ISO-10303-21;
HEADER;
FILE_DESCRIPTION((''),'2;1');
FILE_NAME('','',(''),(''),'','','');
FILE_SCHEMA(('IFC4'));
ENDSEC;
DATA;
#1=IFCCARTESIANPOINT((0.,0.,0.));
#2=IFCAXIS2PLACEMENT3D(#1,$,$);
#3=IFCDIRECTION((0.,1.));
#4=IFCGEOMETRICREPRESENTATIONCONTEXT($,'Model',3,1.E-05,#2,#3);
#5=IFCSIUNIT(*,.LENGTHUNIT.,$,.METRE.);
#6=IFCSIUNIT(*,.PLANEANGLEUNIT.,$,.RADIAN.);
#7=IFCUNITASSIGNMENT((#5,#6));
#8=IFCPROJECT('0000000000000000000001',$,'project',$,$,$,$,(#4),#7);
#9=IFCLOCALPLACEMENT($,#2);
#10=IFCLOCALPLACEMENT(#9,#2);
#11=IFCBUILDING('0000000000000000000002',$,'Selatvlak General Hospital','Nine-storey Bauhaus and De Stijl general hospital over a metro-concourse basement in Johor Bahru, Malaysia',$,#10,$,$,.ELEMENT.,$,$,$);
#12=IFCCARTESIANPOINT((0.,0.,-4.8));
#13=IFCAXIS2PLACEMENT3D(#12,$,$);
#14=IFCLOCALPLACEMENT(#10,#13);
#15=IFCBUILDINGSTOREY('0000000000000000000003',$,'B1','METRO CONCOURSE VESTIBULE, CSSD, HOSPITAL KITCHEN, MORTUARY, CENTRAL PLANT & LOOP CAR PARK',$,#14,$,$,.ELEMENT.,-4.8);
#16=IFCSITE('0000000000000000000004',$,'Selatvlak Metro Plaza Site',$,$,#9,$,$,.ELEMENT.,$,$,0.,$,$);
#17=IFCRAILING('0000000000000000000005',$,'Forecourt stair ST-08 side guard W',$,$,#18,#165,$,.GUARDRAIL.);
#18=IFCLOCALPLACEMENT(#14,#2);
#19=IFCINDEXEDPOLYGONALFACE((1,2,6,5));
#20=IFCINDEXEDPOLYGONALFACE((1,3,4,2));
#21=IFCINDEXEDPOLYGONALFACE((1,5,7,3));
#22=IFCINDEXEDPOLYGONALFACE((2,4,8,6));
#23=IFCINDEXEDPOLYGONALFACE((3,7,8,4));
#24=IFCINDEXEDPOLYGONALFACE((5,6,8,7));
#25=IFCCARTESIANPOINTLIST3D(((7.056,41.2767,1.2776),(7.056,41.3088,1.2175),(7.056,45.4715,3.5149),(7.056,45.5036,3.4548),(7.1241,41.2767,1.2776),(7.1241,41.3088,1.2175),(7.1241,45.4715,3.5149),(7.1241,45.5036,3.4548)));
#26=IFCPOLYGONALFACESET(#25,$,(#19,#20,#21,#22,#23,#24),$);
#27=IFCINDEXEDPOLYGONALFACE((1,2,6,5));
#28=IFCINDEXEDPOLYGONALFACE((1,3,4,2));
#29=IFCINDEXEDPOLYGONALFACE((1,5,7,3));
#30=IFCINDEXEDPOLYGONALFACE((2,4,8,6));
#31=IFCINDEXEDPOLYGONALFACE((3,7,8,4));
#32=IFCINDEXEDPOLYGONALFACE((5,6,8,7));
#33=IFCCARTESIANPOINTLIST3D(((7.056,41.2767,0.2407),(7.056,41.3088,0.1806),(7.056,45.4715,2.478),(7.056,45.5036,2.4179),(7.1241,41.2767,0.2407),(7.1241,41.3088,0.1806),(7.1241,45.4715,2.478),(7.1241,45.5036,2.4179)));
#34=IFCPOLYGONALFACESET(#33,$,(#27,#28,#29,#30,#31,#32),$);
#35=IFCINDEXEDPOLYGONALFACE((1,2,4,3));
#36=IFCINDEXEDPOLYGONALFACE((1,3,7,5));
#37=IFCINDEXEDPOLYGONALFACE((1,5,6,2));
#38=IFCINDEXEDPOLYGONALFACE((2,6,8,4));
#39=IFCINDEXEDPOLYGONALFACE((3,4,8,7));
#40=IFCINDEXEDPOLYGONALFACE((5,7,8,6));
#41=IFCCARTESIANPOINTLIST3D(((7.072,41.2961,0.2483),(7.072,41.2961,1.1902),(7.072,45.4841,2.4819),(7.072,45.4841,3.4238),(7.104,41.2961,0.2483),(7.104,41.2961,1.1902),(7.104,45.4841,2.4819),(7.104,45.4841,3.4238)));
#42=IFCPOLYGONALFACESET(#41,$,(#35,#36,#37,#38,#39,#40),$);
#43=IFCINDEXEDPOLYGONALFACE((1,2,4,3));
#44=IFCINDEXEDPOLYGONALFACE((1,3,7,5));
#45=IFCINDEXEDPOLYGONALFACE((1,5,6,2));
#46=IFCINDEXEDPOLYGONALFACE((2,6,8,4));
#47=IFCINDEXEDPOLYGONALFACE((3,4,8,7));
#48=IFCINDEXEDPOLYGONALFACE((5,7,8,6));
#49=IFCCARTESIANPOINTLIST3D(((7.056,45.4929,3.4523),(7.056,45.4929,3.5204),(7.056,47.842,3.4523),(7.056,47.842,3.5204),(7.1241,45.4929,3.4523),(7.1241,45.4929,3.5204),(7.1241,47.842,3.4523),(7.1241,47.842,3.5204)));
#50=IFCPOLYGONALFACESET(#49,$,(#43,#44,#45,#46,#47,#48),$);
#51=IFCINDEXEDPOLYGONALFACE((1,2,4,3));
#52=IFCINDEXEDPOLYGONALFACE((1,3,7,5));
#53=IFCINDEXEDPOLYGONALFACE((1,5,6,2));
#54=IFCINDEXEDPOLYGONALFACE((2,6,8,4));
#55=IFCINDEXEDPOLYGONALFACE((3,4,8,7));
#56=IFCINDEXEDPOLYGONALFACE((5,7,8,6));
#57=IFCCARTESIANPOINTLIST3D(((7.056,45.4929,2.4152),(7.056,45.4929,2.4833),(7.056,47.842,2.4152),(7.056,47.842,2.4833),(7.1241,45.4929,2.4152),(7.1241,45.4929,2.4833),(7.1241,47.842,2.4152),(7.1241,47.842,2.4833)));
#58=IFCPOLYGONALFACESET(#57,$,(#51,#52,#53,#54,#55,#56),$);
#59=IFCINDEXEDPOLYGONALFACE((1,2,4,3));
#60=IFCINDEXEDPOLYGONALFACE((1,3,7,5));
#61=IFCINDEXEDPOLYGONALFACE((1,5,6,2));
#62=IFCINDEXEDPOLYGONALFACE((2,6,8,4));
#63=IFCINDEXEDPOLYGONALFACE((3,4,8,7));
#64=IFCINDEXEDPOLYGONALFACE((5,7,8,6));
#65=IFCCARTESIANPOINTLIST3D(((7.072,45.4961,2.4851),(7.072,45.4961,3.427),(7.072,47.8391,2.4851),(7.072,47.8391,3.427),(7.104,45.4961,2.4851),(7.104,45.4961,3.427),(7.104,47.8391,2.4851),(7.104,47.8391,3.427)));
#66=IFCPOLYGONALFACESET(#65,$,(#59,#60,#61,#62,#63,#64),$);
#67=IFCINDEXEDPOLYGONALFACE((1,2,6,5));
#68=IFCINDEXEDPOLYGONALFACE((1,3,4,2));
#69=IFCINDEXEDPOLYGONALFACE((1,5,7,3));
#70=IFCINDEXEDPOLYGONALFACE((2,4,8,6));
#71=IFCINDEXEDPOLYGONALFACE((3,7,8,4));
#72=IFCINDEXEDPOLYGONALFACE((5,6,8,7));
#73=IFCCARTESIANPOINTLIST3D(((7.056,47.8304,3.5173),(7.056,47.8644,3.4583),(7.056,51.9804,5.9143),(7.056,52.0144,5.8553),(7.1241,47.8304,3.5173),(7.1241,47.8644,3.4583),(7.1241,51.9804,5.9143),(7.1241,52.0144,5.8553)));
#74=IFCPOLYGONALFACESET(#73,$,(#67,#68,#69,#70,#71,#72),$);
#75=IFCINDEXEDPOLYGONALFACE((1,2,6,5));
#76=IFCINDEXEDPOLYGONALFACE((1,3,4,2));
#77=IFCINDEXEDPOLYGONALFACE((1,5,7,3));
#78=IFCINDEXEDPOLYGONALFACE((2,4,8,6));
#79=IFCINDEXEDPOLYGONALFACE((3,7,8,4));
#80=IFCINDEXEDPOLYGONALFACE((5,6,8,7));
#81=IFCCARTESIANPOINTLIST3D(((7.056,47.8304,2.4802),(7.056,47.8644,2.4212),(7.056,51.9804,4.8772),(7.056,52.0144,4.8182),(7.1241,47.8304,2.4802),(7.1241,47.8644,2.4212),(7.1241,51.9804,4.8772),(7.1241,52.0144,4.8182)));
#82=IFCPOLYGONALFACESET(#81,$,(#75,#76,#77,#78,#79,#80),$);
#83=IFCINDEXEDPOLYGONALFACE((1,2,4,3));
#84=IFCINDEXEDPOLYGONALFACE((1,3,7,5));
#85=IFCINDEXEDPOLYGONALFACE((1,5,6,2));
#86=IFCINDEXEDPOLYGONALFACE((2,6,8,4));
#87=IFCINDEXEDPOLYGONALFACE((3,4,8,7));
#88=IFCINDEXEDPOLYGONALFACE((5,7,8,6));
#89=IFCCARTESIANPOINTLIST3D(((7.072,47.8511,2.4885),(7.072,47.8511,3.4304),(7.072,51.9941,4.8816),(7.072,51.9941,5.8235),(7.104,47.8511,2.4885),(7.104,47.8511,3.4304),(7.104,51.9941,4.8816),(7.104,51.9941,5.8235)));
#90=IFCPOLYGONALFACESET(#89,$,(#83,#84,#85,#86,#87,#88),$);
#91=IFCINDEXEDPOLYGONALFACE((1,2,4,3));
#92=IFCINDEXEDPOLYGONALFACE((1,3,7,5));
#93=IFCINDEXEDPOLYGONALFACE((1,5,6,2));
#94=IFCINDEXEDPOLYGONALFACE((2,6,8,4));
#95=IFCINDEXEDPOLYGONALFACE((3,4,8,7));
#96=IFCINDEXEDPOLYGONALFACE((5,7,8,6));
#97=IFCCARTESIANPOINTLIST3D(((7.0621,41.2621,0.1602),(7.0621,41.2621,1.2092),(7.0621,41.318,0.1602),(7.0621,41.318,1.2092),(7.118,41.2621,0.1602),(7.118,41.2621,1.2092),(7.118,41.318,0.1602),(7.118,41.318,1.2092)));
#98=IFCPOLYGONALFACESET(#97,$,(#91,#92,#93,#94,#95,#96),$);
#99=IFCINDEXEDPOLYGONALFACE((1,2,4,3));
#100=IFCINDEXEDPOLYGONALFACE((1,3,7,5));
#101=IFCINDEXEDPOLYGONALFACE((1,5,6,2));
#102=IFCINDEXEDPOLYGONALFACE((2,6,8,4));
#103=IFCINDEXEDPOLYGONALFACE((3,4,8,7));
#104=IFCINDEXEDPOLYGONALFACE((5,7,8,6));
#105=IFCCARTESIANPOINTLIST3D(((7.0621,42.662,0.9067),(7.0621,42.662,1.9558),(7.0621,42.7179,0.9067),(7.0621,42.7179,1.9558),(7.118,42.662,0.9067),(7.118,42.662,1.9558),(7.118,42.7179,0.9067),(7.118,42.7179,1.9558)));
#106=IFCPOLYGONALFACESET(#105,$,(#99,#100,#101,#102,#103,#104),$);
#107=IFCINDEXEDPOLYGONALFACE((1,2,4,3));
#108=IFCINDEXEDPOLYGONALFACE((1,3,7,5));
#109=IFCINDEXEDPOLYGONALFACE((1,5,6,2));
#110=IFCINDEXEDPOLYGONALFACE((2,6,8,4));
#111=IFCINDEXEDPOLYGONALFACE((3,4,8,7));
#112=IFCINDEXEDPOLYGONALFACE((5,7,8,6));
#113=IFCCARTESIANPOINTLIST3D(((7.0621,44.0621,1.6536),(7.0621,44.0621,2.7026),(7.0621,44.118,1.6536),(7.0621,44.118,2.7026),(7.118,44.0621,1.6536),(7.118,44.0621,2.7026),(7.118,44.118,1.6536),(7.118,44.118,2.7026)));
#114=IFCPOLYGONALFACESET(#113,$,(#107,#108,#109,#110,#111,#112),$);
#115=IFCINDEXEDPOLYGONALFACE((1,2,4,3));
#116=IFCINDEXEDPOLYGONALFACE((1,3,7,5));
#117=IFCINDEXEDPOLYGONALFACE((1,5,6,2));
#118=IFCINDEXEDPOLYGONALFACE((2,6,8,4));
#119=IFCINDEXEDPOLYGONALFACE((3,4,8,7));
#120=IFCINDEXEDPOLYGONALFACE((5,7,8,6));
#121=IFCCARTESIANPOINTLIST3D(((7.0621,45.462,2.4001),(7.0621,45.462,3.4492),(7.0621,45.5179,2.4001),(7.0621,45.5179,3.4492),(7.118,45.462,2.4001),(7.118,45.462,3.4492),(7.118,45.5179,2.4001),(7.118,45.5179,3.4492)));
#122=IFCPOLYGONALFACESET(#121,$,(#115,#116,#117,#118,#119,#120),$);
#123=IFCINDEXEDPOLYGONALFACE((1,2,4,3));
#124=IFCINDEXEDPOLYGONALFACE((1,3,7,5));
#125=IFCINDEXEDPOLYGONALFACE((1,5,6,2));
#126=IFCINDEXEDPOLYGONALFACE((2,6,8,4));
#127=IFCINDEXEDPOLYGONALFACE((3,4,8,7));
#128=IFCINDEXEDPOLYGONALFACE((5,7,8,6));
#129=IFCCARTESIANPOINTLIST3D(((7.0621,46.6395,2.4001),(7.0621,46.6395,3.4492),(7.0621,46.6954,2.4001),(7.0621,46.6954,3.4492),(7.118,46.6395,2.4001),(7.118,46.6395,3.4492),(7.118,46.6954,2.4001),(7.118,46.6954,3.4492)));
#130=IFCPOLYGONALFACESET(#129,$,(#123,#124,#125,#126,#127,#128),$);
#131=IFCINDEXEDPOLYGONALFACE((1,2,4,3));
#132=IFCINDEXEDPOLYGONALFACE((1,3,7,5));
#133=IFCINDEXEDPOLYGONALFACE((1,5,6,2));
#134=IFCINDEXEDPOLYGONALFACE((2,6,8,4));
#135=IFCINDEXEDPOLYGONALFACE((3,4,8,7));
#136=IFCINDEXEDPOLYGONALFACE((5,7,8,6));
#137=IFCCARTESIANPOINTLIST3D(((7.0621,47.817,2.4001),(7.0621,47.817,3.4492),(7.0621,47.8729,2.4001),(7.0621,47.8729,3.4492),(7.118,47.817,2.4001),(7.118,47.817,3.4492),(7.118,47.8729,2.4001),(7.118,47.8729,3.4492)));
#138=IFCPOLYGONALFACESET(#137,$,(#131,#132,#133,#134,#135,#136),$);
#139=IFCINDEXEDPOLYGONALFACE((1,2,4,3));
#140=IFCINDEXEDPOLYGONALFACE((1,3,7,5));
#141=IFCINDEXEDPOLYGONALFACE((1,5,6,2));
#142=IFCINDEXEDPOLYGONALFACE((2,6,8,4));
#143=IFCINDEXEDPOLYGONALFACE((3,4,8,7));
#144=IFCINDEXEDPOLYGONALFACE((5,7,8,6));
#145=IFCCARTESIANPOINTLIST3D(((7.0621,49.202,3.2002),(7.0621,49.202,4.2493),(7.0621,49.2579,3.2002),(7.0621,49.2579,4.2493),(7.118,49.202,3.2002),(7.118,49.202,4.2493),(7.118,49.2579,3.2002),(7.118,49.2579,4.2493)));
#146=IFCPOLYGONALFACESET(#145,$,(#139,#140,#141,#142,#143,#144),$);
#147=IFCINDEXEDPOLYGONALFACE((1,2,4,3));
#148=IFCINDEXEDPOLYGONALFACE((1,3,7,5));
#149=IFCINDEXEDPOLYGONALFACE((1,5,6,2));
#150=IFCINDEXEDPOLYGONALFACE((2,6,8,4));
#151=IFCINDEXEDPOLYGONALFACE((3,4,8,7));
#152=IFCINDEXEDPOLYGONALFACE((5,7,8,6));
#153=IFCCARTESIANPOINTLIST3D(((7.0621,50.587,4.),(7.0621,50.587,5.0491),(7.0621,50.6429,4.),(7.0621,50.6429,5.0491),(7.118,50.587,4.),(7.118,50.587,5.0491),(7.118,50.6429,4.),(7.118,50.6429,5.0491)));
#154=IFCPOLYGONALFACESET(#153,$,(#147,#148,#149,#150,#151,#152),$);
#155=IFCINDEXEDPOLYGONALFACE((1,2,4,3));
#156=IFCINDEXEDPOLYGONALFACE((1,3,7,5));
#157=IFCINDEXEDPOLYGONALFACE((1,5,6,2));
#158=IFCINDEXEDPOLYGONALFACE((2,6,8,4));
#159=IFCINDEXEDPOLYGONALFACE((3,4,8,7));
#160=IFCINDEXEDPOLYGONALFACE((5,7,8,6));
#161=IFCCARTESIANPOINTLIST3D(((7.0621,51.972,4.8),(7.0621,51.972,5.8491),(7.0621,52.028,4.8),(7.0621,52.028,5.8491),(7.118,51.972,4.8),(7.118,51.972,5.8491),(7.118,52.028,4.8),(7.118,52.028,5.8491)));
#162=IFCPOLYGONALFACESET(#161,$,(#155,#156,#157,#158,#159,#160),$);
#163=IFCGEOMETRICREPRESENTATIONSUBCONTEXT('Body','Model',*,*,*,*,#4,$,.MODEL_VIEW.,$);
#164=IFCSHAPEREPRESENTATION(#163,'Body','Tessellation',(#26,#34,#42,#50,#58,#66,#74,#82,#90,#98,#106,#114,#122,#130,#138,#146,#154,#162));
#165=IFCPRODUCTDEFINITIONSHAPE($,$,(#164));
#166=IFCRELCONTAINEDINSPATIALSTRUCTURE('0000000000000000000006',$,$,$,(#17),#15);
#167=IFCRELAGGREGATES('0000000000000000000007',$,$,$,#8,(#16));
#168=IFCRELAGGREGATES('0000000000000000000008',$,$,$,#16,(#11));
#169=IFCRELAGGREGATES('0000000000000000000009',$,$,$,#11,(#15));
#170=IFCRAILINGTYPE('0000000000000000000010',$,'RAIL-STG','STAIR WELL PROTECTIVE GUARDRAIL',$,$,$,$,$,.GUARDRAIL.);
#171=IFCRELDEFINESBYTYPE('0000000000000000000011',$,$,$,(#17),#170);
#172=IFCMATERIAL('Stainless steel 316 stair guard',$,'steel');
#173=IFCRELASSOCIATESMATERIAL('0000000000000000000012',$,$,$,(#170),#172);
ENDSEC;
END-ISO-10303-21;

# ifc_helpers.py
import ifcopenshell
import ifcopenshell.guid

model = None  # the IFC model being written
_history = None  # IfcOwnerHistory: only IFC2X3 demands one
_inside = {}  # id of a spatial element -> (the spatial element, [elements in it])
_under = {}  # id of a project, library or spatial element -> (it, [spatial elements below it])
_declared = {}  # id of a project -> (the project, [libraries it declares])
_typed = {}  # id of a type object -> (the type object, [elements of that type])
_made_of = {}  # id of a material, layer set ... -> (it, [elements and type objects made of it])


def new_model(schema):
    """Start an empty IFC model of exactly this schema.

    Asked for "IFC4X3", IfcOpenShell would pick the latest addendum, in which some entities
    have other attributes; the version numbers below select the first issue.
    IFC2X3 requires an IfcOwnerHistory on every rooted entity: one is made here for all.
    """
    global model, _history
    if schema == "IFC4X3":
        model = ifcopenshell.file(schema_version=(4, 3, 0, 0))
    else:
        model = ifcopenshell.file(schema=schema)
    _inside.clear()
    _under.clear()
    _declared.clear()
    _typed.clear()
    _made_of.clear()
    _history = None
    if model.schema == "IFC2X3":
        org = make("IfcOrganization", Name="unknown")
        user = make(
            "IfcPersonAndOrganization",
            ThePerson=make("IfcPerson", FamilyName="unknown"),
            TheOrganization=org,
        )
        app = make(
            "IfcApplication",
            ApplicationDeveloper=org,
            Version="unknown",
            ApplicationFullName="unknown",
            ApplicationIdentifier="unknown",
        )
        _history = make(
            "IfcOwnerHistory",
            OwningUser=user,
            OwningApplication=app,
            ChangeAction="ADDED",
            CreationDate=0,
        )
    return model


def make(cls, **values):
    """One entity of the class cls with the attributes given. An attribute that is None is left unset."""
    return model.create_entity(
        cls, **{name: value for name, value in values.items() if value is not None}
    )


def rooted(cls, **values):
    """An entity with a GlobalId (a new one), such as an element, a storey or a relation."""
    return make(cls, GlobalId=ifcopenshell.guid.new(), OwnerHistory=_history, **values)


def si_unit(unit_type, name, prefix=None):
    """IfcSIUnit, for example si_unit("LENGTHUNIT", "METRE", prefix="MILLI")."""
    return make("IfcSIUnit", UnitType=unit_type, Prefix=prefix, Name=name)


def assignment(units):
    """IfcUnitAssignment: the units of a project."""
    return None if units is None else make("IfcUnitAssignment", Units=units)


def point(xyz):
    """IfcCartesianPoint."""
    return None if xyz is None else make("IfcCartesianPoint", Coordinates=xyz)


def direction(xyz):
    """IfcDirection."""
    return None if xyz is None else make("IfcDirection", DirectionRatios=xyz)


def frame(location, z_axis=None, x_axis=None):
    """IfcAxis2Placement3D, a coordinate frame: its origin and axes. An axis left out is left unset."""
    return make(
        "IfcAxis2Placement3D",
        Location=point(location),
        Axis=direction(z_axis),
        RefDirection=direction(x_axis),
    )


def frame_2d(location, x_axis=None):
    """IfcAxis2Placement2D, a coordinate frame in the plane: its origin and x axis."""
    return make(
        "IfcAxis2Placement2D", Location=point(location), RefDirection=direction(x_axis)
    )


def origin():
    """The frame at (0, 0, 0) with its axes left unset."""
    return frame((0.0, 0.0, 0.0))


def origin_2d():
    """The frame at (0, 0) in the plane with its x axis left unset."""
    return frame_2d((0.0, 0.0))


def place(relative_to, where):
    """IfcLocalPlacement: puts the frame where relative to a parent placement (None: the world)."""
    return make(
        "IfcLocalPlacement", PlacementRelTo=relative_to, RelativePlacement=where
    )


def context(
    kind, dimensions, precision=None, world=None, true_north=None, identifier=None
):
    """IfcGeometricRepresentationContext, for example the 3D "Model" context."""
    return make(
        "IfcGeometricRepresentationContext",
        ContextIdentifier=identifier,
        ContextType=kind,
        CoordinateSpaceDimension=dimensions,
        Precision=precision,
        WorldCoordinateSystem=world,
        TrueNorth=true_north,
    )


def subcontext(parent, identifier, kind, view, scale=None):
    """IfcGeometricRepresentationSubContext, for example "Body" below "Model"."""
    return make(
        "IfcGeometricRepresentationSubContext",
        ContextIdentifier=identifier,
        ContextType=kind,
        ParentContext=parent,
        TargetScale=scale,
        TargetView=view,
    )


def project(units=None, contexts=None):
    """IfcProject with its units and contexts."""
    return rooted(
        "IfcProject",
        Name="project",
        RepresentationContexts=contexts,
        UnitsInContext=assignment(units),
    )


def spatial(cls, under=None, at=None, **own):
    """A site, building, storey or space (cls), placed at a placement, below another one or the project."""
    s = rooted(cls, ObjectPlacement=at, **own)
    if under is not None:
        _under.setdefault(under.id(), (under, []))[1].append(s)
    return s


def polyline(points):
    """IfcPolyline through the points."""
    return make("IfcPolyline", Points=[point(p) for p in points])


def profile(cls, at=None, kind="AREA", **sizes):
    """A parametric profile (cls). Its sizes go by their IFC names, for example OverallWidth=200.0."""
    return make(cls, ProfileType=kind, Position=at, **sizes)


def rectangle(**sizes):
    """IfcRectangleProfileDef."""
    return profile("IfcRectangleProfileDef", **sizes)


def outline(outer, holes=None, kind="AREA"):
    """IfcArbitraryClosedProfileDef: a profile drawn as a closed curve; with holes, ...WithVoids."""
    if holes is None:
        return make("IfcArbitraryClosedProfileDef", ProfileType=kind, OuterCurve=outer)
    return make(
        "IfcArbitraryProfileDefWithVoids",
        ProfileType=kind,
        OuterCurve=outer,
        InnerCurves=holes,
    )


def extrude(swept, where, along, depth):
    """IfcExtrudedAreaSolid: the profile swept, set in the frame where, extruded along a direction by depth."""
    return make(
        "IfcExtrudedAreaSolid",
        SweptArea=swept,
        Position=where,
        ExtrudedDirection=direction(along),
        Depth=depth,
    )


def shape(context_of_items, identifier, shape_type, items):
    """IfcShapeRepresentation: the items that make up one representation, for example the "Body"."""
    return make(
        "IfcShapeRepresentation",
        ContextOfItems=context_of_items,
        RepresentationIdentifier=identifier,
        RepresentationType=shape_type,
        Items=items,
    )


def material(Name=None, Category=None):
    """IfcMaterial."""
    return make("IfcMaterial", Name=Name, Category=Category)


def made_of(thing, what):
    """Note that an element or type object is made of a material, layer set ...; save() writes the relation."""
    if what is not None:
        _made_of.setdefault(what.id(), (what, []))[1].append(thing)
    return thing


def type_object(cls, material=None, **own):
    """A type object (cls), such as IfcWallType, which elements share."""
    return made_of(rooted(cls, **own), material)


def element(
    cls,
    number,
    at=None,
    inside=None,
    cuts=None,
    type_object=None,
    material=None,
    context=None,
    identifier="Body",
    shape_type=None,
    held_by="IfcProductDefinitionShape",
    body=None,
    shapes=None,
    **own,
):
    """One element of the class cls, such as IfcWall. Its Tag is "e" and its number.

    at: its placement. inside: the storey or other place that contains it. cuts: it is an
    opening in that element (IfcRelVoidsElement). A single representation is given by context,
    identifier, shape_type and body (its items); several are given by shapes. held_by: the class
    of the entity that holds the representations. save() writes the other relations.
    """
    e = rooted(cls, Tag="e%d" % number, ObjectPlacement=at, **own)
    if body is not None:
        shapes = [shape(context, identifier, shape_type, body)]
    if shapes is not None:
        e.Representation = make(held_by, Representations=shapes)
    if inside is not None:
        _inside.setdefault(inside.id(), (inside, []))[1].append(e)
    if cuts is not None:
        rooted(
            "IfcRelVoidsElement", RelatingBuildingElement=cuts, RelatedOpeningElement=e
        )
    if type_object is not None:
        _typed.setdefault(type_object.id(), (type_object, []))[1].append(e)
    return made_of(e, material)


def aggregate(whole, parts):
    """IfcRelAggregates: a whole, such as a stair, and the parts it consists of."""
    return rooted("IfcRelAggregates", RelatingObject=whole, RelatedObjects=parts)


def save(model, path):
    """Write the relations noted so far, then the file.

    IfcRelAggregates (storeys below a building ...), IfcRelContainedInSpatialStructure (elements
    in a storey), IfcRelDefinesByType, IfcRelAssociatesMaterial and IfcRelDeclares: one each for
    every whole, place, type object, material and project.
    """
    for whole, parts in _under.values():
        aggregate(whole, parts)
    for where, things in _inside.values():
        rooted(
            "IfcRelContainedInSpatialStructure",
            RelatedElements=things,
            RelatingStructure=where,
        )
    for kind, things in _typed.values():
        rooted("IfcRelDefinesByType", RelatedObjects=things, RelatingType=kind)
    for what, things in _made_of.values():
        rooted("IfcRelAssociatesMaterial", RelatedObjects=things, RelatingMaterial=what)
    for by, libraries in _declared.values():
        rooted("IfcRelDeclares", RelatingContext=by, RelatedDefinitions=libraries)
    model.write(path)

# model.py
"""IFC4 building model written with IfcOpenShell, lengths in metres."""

from ifc_helpers import new_model, si_unit, direction, frame, origin, origin_2d, place, context, subcontext, project, spatial, polyline, rectangle, outline, extrude, material, type_object, element, save


model = new_model("IFC4")

# Units and contexts
model_context = context("Model", 3, precision=1e-05, world=origin(), true_north=direction((0.0, 1.0)))
body_context = subcontext(model_context, "Body", "Model", "MODEL_VIEW")
ifc_project = project(units=[si_unit("LENGTHUNIT", "METRE"), si_unit("PLANEANGLEUNIT", "RADIAN")], contexts=[model_context])

# Site, building, storey
site_placement = place(None, origin())
site = spatial("IfcSite", under=ifc_project, at=site_placement, Name="Selatvlak Metro Plaza Site", CompositionType="ELEMENT", RefElevation=0.0)
building_placement = place(site_placement, origin())
building = spatial("IfcBuilding", under=site, at=building_placement, Name="Selatvlak General Hospital", Description="Nine-storey Bauhaus and De Stijl general hospital over a metro-concourse basement in Johor Bahru, Malaysia", CompositionType="ELEMENT")
storey_placement = place(building_placement, frame((0.0, 0.0, -4.8)))
storey = spatial("IfcBuildingStorey", under=building, at=storey_placement, Name="B1", Description="METRO CONCOURSE VESTIBULE, CSSD, HOSPITAL KITCHEN, MORTUARY, CENTRAL PLANT & LOOP CAR PARK", CompositionType="ELEMENT", Elevation=-4.8)

# Railing
ifc_material_1 = material(Name="Stainless steel 316 stair guard", Category="steel")
railing_type = type_object("IfcRailingType", Name="RAIL-STG", Description="STAIR WELL PROTECTIVE GUARDRAIL", PredefinedType="GUARDRAIL", material=ifc_material_1)
railing_1_placement = place(storey_placement, frame((7.0901, 41.29, 0.1602)))
element("IfcRailing", 1, at=railing_1_placement, inside=storey, type_object=railing_type, Name="Forecourt stair ST-08 side guard W", PredefinedType="GUARDRAIL", context=body_context, shape_type="SweptSolid", body=[
    extrude(rectangle(XDim=0.0681, YDim=0.0681, at=origin_2d()), frame((0.0, 0.0027, 1.0874), z_axis=(0.0, 0.882352, 0.470591), x_axis=(-1.0, 0.0, 0.0)), (0.0, 0.0, 1.0), 4.7542),
    extrude(rectangle(XDim=0.0681, YDim=0.0681, at=origin_2d()), frame((0.0, 0.0027, 0.0505), z_axis=(0.0, 0.882352, 0.470591), x_axis=(-1.0, 0.0, 0.0)), (0.0, 0.0, 1.0), 4.7542),
    extrude(outline(polyline([(0.0, 0.0), (4.188, 2.2336), (4.188, 3.1755), (0.0, 0.9419), (0.0, 0.0)])), frame((-0.0181, 0.0061, 0.0881), z_axis=(1.0, 0.0, 0.0), x_axis=(0.0, 1.0, 0.0)), (0.0, 0.0, 1.0), 0.032),
    extrude(rectangle(XDim=0.0681, YDim=0.0681, at=origin_2d()), frame((0.0, 4.2029, 3.3262), z_axis=(0.0, 1.0, 0.0), x_axis=(-1.0, 0.0, 0.0)), (0.0, 0.0, 1.0), 2.3491),
    extrude(rectangle(XDim=0.0681, YDim=0.0681, at=origin_2d()), frame((0.0, 4.2029, 2.2891), z_axis=(0.0, 1.0, 0.0), x_axis=(-1.0, 0.0, 0.0)), (0.0, 0.0, 1.0), 2.3491),
    extrude(outline(polyline([(0.0, 0.0), (2.343, 0.0), (2.343, 0.9419), (0.0, 0.9419), (0.0, 0.0)])), frame((-0.0181, 4.2061, 2.325), z_axis=(1.0, 0.0, 0.0), x_axis=(0.0, 1.0, 0.0)), (0.0, 0.0, 1.0), 0.032),
    extrude(rectangle(XDim=0.0681, YDim=0.0681, at=origin_2d()), frame((0.0, 6.5574, 3.3276), z_axis=(0.0, 0.865936, 0.500156), x_axis=(-1.0, 0.0, 0.0)), (0.0, 0.0, 1.0), 4.7925),
    extrude(rectangle(XDim=0.0681, YDim=0.0681, at=origin_2d()), frame((0.0, 6.5574, 2.2905), z_axis=(0.0, 0.865936, 0.500156), x_axis=(-1.0, 0.0, 0.0)), (0.0, 0.0, 1.0), 4.7925),
    extrude(outline(polyline([(0.0, 0.0), (4.1431, 2.3931), (4.1431, 3.335), (0.0, 0.9419), (0.0, 0.0)])), frame((-0.0181, 6.561, 2.3284), z_axis=(1.0, 0.0, 0.0), x_axis=(0.0, 1.0, 0.0)), (0.0, 0.0, 1.0), 0.032),
    extrude(rectangle(XDim=0.0559, YDim=0.0559, at=origin_2d()), origin(), (0.0, 0.0, 1.0), 1.0491),
    extrude(rectangle(XDim=0.0559, YDim=0.0559, at=origin_2d()), frame((0.0, 1.3999, 0.7466)), (0.0, 0.0, 1.0), 1.0491),
    extrude(rectangle(XDim=0.0559, YDim=0.0559, at=origin_2d()), frame((0.0, 2.8, 1.4934)), (0.0, 0.0, 1.0), 1.0491),
    extrude(rectangle(XDim=0.0559, YDim=0.0559, at=origin_2d()), frame((0.0, 4.2, 2.24)), (0.0, 0.0, 1.0), 1.0491),
    extrude(rectangle(XDim=0.0559, YDim=0.0559, at=origin_2d()), frame((0.0, 5.3774, 2.24)), (0.0, 0.0, 1.0), 1.0491),
    extrude(rectangle(XDim=0.0559, YDim=0.0559, at=origin_2d()), frame((0.0, 6.5549, 2.24)), (0.0, 0.0, 1.0), 1.0491),
    extrude(rectangle(XDim=0.0559, YDim=0.0559, at=origin_2d()), frame((0.0, 7.9399, 3.04)), (0.0, 0.0, 1.0), 1.0491),
    extrude(rectangle(XDim=0.0559, YDim=0.0559, at=origin_2d()), frame((0.0, 9.325, 3.8398)), (0.0, 0.0, 1.0), 1.0491),
    extrude(rectangle(XDim=0.0559, YDim=0.0559, at=origin_2d()), frame((0.0, 10.71, 4.6399)), (0.0, 0.0, 1.0), 1.0491),
])

save(model, "model.ifc")
